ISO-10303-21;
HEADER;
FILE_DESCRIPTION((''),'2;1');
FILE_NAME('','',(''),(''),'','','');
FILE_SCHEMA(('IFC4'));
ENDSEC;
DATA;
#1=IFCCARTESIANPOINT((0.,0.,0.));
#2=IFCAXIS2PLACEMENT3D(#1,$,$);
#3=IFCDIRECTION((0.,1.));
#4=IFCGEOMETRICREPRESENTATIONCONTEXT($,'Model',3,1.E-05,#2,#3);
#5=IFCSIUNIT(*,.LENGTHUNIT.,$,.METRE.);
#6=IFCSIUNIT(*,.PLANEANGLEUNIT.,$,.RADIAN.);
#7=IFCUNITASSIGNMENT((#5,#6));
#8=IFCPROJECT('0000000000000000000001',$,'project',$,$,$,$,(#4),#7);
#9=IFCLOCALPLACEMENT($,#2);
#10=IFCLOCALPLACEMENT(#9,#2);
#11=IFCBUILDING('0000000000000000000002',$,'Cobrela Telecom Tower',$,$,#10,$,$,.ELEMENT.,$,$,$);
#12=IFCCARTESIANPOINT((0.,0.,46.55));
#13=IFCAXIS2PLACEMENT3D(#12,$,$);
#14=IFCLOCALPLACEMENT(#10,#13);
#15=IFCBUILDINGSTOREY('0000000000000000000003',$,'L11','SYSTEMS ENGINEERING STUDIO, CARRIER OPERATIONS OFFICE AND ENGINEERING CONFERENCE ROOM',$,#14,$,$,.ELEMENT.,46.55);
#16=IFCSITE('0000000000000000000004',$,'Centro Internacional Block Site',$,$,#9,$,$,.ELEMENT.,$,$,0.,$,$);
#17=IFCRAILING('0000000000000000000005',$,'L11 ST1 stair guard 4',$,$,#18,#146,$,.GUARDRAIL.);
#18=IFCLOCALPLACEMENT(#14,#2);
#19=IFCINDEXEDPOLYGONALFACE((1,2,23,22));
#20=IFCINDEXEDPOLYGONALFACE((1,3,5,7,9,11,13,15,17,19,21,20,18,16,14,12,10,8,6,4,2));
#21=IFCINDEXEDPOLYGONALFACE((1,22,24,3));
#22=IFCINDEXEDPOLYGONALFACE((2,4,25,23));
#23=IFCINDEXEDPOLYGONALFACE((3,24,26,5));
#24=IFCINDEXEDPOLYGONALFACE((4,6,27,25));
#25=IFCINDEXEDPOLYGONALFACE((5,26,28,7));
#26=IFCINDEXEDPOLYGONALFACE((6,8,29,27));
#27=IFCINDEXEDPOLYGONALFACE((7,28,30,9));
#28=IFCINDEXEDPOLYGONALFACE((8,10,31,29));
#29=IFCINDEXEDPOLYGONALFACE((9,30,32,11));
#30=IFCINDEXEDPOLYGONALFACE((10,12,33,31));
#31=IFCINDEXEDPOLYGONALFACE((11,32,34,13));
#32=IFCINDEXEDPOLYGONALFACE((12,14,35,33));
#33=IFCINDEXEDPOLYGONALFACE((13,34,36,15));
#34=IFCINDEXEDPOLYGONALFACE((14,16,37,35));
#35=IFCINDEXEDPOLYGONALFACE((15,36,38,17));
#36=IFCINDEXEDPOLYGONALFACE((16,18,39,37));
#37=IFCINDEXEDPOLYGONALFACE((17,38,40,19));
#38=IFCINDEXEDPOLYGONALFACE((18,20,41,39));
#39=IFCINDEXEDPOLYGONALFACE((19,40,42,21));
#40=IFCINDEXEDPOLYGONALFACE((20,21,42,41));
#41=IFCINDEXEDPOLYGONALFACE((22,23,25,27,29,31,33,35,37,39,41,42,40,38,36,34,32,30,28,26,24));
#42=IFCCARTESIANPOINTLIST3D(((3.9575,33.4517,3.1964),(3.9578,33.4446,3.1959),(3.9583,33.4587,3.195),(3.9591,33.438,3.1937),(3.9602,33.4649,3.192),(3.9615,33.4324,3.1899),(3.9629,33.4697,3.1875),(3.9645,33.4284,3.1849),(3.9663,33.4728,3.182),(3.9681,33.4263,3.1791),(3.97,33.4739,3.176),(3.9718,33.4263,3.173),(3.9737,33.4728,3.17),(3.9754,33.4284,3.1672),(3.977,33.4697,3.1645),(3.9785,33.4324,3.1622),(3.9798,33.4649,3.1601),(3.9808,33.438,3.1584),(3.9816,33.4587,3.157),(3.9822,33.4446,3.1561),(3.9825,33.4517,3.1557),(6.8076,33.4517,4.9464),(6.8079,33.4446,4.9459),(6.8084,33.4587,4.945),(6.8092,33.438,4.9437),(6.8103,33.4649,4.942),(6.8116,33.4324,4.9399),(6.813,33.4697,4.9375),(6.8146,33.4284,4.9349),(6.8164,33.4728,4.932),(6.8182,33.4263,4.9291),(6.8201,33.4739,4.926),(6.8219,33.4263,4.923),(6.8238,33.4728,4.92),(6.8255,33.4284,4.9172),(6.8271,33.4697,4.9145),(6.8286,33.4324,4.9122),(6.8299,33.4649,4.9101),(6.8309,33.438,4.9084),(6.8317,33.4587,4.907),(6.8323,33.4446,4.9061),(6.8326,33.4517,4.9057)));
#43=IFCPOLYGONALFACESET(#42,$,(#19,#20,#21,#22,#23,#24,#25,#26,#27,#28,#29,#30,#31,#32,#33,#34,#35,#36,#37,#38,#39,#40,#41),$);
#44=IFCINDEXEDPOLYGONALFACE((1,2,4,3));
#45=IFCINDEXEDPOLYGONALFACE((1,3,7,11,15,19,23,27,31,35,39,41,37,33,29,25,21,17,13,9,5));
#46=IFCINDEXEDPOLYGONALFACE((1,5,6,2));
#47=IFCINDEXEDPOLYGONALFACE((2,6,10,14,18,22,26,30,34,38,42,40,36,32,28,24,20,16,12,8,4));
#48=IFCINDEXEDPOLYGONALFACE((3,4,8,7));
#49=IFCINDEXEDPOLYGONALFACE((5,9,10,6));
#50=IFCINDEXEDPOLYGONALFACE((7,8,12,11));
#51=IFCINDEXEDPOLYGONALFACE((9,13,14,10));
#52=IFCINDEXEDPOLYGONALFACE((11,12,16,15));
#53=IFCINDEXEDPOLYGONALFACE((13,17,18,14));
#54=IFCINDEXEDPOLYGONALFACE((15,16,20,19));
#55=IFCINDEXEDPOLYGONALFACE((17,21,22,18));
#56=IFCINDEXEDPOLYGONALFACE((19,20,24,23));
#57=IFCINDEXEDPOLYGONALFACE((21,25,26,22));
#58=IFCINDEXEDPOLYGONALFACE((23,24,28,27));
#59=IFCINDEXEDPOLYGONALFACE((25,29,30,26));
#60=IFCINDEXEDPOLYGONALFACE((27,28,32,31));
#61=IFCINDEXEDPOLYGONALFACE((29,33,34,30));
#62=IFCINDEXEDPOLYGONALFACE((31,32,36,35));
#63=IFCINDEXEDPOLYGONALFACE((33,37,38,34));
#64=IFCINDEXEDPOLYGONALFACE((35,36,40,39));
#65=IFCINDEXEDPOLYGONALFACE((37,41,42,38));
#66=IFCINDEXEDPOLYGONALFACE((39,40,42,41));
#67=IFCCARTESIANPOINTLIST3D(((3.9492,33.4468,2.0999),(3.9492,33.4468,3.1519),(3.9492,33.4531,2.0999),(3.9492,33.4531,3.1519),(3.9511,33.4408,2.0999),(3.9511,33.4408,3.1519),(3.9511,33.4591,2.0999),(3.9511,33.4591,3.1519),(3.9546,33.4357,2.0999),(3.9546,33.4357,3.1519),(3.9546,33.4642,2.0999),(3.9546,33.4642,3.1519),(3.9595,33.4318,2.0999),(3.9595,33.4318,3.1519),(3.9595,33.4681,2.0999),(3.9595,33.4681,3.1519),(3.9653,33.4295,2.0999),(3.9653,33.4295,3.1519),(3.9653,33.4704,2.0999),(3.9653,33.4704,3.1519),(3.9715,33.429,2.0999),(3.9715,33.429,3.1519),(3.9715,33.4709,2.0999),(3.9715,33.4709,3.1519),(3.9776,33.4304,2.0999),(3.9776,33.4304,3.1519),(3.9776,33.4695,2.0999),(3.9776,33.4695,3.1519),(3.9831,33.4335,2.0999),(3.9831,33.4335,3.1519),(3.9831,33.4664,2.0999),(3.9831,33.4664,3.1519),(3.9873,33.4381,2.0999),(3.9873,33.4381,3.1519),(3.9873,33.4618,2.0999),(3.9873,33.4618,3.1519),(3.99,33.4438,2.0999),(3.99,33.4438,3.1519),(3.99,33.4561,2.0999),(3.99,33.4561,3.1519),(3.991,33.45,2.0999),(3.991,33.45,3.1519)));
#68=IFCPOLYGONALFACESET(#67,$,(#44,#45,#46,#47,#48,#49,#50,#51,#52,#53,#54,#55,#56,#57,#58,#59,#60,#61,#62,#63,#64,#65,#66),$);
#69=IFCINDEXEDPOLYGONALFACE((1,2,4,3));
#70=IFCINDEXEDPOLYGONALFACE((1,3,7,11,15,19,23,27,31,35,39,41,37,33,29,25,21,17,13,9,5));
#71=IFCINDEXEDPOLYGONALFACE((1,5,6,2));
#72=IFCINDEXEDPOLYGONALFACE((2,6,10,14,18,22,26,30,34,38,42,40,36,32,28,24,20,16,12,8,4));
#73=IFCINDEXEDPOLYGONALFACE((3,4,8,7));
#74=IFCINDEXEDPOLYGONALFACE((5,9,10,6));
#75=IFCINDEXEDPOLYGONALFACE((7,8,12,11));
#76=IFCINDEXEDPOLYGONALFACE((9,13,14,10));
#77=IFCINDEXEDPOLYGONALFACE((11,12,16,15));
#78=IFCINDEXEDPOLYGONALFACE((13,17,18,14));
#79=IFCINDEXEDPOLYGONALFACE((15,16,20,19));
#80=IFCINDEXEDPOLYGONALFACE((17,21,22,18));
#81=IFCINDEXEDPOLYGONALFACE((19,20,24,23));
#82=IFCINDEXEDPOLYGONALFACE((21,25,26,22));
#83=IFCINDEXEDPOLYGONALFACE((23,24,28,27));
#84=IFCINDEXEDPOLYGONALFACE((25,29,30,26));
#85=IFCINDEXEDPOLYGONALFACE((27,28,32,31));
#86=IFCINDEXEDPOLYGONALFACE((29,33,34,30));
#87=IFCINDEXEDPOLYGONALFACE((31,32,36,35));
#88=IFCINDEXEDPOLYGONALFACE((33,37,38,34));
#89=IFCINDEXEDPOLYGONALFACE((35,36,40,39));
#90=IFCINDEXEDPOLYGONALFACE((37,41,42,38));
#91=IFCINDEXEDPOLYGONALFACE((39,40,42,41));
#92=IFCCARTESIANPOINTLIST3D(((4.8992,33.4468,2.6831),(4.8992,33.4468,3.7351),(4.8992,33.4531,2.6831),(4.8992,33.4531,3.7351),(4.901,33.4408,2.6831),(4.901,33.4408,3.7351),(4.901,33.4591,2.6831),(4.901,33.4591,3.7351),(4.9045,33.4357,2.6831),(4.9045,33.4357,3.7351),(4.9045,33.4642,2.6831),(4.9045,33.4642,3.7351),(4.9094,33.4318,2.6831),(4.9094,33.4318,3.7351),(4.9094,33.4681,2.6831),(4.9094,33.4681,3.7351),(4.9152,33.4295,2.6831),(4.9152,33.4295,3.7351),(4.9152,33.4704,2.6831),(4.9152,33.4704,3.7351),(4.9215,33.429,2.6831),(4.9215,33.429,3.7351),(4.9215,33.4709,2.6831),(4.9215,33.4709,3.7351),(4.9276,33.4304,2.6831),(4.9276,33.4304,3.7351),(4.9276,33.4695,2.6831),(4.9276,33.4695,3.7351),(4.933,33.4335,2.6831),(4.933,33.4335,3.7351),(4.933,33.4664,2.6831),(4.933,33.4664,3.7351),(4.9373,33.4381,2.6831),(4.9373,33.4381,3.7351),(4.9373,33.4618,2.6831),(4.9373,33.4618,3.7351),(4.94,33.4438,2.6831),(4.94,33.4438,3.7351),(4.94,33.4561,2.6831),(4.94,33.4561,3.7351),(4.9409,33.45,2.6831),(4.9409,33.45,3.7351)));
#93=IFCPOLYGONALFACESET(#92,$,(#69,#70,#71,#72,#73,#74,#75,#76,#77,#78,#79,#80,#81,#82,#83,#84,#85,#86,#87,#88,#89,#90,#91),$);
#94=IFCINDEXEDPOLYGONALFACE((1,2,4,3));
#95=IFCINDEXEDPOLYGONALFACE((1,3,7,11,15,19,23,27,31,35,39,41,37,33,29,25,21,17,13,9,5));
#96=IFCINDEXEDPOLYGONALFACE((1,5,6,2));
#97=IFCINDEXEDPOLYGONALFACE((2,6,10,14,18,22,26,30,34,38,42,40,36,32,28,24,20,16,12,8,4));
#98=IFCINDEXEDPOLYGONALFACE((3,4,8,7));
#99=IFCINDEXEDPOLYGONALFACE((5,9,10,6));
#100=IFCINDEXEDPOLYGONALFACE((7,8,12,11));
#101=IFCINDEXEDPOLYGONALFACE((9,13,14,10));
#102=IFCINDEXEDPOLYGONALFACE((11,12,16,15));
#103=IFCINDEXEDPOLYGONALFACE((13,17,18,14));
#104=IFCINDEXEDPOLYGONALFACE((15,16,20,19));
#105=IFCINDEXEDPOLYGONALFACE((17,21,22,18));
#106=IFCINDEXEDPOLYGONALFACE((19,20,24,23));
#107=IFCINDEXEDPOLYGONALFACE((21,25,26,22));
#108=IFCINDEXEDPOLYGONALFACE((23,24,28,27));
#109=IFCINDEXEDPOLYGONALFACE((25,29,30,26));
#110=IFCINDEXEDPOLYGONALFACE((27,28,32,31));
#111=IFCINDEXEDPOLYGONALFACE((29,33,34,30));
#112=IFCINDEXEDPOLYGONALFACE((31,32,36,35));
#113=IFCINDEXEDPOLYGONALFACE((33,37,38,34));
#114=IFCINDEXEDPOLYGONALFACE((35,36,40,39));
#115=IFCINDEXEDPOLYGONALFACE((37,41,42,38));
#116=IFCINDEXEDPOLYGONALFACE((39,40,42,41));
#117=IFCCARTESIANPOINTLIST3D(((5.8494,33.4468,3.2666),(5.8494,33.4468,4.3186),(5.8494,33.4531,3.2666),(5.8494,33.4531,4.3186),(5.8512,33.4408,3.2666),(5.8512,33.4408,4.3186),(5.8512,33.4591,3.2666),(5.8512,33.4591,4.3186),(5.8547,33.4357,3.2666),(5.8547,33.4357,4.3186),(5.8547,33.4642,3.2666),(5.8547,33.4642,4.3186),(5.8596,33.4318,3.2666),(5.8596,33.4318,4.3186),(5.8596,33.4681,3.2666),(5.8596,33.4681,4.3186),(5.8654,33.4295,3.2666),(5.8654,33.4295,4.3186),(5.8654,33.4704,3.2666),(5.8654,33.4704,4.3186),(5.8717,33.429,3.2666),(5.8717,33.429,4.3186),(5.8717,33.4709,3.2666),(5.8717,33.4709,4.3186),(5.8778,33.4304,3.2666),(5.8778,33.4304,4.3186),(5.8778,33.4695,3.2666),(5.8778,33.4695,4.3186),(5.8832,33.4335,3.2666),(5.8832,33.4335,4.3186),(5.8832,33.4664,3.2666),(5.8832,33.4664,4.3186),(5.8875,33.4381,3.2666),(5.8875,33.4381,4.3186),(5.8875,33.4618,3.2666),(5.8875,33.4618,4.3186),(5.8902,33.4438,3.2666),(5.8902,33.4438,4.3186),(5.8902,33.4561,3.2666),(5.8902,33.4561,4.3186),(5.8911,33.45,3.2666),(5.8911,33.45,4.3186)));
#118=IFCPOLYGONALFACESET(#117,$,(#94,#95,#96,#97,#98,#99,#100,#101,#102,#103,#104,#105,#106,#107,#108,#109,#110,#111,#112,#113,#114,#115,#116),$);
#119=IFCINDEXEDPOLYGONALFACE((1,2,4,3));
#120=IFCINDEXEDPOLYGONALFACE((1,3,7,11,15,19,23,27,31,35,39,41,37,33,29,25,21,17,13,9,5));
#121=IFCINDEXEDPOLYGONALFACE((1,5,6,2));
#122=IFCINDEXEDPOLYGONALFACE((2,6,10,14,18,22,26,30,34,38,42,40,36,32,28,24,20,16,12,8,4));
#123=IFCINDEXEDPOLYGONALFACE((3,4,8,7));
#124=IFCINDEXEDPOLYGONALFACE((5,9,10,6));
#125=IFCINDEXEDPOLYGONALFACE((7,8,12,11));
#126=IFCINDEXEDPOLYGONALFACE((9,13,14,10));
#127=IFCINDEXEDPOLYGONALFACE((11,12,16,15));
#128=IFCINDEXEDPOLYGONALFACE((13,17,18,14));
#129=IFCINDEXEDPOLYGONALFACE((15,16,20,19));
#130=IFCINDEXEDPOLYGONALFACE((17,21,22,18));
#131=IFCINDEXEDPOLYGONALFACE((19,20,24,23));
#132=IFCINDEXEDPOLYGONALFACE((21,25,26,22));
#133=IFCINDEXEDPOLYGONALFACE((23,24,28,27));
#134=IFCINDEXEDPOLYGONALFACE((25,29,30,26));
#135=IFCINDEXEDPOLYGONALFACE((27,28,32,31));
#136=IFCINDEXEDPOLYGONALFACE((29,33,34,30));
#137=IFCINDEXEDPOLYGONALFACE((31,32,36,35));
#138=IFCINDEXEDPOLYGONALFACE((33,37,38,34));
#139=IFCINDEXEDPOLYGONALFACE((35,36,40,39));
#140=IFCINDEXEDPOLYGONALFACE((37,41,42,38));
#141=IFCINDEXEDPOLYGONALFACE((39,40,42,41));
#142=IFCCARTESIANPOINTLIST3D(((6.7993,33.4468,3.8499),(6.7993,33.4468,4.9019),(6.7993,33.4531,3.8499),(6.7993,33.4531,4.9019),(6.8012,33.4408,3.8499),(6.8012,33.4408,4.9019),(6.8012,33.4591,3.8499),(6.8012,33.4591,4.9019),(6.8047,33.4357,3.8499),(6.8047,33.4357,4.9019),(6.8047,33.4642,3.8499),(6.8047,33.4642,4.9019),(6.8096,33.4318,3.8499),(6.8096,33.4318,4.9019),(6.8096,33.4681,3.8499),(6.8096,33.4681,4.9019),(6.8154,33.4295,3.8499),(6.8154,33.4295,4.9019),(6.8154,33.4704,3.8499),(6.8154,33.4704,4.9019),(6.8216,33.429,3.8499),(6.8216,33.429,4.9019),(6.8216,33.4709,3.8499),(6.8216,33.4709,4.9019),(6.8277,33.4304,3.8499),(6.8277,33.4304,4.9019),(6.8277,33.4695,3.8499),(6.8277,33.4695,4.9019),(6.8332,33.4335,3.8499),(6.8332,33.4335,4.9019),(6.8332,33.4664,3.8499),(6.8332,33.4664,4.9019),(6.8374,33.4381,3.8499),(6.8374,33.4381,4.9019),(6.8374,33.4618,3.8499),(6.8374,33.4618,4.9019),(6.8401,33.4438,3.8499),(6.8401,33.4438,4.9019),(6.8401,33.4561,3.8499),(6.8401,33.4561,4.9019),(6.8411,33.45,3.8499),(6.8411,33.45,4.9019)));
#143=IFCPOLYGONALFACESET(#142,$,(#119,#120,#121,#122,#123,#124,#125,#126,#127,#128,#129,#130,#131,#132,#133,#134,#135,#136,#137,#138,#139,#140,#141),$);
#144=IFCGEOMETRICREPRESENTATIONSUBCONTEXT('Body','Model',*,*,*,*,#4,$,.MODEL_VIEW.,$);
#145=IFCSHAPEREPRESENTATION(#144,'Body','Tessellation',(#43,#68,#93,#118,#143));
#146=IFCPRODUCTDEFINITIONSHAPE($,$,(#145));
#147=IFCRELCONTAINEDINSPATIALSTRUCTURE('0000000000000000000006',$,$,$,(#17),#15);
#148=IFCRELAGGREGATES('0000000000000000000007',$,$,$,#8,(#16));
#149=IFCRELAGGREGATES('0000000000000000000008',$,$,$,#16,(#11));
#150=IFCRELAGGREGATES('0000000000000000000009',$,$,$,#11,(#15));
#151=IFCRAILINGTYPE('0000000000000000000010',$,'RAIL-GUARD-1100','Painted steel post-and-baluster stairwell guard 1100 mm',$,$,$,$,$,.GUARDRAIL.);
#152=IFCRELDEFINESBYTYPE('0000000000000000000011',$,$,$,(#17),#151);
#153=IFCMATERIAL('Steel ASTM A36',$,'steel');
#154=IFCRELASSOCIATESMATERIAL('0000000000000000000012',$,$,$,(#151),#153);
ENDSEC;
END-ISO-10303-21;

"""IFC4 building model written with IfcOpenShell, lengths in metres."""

from ifc_helpers import new_model, si_unit, direction, frame, origin, origin_2d, place, context, subcontext, project, spatial, circle, extrude, material, type_object, element, save


model = new_model("IFC4")

# Units and contexts
model_context = context("Model", 3, precision=1e-05, world=origin(), true_north=direction((0.0, 1.0)))
body_context = subcontext(model_context, "Body", "Model", "MODEL_VIEW")
ifc_project = project(units=[si_unit("LENGTHUNIT", "METRE"), si_unit("PLANEANGLEUNIT", "RADIAN")], contexts=[model_context])

# Site, building, storey
site_placement = place(None, origin())
site = spatial("IfcSite", under=ifc_project, at=site_placement, Name="Centro Internacional Block Site", CompositionType="ELEMENT", RefElevation=0.0)
building_placement = place(site_placement, origin())
building = spatial("IfcBuilding", under=site, at=building_placement, Name="Cobrela Telecom Tower", CompositionType="ELEMENT")
storey_placement = place(building_placement, frame((0.0, 0.0, 46.55)))
storey = spatial("IfcBuildingStorey", under=building, at=storey_placement, Name="L11", Description="SYSTEMS ENGINEERING STUDIO, CARRIER OPERATIONS OFFICE AND ENGINEERING CONFERENCE ROOM", CompositionType="ELEMENT", Elevation=46.55)

# Shared definitions
ifc_material_1 = material(Name="Steel ASTM A36", Category="steel")

# Railing
railing_type_1 = type_object("IfcRailingType", Name="RAIL-GUARD-1100", Description="Painted steel post-and-baluster stairwell guard 1100 mm", PredefinedType="GUARDRAIL", material=ifc_material_1)
railing_1_placement = place(storey_placement, frame((3.97, 33.45, 2.0999)))
element("IfcRailing", 1, at=railing_1_placement, inside=storey, type_object=railing_type_1, Name="L11 ST1 stair guard 4", PredefinedType="GUARDRAIL", context=body_context, shape_type="SweptSolid", body=[
    extrude(circle(Radius=0.0239, at=origin_2d()), frame((0.0, 0.0, 1.0762), z_axis=(0.852179, 0.0, 0.52325), x_axis=(0.0, 1.0, 0.0)), (0.0, 0.0, 1.0), 3.3445),
    extrude(circle(Radius=0.021, at=origin_2d()), origin(), (0.0, 0.0, 1.0), 1.052),
    extrude(circle(Radius=0.021, at=origin_2d()), frame((0.95, 0.0, 0.5833)), (0.0, 0.0, 1.0), 1.052),
    extrude(circle(Radius=0.021, at=origin_2d()), frame((1.9001, 0.0, 1.1667)), (0.0, 0.0, 1.0), 1.052),
    extrude(circle(Radius=0.021, at=origin_2d()), frame((2.8501, 0.0, 1.75)), (0.0, 0.0, 1.0), 1.052),
])

save(model, "model.ifc")
